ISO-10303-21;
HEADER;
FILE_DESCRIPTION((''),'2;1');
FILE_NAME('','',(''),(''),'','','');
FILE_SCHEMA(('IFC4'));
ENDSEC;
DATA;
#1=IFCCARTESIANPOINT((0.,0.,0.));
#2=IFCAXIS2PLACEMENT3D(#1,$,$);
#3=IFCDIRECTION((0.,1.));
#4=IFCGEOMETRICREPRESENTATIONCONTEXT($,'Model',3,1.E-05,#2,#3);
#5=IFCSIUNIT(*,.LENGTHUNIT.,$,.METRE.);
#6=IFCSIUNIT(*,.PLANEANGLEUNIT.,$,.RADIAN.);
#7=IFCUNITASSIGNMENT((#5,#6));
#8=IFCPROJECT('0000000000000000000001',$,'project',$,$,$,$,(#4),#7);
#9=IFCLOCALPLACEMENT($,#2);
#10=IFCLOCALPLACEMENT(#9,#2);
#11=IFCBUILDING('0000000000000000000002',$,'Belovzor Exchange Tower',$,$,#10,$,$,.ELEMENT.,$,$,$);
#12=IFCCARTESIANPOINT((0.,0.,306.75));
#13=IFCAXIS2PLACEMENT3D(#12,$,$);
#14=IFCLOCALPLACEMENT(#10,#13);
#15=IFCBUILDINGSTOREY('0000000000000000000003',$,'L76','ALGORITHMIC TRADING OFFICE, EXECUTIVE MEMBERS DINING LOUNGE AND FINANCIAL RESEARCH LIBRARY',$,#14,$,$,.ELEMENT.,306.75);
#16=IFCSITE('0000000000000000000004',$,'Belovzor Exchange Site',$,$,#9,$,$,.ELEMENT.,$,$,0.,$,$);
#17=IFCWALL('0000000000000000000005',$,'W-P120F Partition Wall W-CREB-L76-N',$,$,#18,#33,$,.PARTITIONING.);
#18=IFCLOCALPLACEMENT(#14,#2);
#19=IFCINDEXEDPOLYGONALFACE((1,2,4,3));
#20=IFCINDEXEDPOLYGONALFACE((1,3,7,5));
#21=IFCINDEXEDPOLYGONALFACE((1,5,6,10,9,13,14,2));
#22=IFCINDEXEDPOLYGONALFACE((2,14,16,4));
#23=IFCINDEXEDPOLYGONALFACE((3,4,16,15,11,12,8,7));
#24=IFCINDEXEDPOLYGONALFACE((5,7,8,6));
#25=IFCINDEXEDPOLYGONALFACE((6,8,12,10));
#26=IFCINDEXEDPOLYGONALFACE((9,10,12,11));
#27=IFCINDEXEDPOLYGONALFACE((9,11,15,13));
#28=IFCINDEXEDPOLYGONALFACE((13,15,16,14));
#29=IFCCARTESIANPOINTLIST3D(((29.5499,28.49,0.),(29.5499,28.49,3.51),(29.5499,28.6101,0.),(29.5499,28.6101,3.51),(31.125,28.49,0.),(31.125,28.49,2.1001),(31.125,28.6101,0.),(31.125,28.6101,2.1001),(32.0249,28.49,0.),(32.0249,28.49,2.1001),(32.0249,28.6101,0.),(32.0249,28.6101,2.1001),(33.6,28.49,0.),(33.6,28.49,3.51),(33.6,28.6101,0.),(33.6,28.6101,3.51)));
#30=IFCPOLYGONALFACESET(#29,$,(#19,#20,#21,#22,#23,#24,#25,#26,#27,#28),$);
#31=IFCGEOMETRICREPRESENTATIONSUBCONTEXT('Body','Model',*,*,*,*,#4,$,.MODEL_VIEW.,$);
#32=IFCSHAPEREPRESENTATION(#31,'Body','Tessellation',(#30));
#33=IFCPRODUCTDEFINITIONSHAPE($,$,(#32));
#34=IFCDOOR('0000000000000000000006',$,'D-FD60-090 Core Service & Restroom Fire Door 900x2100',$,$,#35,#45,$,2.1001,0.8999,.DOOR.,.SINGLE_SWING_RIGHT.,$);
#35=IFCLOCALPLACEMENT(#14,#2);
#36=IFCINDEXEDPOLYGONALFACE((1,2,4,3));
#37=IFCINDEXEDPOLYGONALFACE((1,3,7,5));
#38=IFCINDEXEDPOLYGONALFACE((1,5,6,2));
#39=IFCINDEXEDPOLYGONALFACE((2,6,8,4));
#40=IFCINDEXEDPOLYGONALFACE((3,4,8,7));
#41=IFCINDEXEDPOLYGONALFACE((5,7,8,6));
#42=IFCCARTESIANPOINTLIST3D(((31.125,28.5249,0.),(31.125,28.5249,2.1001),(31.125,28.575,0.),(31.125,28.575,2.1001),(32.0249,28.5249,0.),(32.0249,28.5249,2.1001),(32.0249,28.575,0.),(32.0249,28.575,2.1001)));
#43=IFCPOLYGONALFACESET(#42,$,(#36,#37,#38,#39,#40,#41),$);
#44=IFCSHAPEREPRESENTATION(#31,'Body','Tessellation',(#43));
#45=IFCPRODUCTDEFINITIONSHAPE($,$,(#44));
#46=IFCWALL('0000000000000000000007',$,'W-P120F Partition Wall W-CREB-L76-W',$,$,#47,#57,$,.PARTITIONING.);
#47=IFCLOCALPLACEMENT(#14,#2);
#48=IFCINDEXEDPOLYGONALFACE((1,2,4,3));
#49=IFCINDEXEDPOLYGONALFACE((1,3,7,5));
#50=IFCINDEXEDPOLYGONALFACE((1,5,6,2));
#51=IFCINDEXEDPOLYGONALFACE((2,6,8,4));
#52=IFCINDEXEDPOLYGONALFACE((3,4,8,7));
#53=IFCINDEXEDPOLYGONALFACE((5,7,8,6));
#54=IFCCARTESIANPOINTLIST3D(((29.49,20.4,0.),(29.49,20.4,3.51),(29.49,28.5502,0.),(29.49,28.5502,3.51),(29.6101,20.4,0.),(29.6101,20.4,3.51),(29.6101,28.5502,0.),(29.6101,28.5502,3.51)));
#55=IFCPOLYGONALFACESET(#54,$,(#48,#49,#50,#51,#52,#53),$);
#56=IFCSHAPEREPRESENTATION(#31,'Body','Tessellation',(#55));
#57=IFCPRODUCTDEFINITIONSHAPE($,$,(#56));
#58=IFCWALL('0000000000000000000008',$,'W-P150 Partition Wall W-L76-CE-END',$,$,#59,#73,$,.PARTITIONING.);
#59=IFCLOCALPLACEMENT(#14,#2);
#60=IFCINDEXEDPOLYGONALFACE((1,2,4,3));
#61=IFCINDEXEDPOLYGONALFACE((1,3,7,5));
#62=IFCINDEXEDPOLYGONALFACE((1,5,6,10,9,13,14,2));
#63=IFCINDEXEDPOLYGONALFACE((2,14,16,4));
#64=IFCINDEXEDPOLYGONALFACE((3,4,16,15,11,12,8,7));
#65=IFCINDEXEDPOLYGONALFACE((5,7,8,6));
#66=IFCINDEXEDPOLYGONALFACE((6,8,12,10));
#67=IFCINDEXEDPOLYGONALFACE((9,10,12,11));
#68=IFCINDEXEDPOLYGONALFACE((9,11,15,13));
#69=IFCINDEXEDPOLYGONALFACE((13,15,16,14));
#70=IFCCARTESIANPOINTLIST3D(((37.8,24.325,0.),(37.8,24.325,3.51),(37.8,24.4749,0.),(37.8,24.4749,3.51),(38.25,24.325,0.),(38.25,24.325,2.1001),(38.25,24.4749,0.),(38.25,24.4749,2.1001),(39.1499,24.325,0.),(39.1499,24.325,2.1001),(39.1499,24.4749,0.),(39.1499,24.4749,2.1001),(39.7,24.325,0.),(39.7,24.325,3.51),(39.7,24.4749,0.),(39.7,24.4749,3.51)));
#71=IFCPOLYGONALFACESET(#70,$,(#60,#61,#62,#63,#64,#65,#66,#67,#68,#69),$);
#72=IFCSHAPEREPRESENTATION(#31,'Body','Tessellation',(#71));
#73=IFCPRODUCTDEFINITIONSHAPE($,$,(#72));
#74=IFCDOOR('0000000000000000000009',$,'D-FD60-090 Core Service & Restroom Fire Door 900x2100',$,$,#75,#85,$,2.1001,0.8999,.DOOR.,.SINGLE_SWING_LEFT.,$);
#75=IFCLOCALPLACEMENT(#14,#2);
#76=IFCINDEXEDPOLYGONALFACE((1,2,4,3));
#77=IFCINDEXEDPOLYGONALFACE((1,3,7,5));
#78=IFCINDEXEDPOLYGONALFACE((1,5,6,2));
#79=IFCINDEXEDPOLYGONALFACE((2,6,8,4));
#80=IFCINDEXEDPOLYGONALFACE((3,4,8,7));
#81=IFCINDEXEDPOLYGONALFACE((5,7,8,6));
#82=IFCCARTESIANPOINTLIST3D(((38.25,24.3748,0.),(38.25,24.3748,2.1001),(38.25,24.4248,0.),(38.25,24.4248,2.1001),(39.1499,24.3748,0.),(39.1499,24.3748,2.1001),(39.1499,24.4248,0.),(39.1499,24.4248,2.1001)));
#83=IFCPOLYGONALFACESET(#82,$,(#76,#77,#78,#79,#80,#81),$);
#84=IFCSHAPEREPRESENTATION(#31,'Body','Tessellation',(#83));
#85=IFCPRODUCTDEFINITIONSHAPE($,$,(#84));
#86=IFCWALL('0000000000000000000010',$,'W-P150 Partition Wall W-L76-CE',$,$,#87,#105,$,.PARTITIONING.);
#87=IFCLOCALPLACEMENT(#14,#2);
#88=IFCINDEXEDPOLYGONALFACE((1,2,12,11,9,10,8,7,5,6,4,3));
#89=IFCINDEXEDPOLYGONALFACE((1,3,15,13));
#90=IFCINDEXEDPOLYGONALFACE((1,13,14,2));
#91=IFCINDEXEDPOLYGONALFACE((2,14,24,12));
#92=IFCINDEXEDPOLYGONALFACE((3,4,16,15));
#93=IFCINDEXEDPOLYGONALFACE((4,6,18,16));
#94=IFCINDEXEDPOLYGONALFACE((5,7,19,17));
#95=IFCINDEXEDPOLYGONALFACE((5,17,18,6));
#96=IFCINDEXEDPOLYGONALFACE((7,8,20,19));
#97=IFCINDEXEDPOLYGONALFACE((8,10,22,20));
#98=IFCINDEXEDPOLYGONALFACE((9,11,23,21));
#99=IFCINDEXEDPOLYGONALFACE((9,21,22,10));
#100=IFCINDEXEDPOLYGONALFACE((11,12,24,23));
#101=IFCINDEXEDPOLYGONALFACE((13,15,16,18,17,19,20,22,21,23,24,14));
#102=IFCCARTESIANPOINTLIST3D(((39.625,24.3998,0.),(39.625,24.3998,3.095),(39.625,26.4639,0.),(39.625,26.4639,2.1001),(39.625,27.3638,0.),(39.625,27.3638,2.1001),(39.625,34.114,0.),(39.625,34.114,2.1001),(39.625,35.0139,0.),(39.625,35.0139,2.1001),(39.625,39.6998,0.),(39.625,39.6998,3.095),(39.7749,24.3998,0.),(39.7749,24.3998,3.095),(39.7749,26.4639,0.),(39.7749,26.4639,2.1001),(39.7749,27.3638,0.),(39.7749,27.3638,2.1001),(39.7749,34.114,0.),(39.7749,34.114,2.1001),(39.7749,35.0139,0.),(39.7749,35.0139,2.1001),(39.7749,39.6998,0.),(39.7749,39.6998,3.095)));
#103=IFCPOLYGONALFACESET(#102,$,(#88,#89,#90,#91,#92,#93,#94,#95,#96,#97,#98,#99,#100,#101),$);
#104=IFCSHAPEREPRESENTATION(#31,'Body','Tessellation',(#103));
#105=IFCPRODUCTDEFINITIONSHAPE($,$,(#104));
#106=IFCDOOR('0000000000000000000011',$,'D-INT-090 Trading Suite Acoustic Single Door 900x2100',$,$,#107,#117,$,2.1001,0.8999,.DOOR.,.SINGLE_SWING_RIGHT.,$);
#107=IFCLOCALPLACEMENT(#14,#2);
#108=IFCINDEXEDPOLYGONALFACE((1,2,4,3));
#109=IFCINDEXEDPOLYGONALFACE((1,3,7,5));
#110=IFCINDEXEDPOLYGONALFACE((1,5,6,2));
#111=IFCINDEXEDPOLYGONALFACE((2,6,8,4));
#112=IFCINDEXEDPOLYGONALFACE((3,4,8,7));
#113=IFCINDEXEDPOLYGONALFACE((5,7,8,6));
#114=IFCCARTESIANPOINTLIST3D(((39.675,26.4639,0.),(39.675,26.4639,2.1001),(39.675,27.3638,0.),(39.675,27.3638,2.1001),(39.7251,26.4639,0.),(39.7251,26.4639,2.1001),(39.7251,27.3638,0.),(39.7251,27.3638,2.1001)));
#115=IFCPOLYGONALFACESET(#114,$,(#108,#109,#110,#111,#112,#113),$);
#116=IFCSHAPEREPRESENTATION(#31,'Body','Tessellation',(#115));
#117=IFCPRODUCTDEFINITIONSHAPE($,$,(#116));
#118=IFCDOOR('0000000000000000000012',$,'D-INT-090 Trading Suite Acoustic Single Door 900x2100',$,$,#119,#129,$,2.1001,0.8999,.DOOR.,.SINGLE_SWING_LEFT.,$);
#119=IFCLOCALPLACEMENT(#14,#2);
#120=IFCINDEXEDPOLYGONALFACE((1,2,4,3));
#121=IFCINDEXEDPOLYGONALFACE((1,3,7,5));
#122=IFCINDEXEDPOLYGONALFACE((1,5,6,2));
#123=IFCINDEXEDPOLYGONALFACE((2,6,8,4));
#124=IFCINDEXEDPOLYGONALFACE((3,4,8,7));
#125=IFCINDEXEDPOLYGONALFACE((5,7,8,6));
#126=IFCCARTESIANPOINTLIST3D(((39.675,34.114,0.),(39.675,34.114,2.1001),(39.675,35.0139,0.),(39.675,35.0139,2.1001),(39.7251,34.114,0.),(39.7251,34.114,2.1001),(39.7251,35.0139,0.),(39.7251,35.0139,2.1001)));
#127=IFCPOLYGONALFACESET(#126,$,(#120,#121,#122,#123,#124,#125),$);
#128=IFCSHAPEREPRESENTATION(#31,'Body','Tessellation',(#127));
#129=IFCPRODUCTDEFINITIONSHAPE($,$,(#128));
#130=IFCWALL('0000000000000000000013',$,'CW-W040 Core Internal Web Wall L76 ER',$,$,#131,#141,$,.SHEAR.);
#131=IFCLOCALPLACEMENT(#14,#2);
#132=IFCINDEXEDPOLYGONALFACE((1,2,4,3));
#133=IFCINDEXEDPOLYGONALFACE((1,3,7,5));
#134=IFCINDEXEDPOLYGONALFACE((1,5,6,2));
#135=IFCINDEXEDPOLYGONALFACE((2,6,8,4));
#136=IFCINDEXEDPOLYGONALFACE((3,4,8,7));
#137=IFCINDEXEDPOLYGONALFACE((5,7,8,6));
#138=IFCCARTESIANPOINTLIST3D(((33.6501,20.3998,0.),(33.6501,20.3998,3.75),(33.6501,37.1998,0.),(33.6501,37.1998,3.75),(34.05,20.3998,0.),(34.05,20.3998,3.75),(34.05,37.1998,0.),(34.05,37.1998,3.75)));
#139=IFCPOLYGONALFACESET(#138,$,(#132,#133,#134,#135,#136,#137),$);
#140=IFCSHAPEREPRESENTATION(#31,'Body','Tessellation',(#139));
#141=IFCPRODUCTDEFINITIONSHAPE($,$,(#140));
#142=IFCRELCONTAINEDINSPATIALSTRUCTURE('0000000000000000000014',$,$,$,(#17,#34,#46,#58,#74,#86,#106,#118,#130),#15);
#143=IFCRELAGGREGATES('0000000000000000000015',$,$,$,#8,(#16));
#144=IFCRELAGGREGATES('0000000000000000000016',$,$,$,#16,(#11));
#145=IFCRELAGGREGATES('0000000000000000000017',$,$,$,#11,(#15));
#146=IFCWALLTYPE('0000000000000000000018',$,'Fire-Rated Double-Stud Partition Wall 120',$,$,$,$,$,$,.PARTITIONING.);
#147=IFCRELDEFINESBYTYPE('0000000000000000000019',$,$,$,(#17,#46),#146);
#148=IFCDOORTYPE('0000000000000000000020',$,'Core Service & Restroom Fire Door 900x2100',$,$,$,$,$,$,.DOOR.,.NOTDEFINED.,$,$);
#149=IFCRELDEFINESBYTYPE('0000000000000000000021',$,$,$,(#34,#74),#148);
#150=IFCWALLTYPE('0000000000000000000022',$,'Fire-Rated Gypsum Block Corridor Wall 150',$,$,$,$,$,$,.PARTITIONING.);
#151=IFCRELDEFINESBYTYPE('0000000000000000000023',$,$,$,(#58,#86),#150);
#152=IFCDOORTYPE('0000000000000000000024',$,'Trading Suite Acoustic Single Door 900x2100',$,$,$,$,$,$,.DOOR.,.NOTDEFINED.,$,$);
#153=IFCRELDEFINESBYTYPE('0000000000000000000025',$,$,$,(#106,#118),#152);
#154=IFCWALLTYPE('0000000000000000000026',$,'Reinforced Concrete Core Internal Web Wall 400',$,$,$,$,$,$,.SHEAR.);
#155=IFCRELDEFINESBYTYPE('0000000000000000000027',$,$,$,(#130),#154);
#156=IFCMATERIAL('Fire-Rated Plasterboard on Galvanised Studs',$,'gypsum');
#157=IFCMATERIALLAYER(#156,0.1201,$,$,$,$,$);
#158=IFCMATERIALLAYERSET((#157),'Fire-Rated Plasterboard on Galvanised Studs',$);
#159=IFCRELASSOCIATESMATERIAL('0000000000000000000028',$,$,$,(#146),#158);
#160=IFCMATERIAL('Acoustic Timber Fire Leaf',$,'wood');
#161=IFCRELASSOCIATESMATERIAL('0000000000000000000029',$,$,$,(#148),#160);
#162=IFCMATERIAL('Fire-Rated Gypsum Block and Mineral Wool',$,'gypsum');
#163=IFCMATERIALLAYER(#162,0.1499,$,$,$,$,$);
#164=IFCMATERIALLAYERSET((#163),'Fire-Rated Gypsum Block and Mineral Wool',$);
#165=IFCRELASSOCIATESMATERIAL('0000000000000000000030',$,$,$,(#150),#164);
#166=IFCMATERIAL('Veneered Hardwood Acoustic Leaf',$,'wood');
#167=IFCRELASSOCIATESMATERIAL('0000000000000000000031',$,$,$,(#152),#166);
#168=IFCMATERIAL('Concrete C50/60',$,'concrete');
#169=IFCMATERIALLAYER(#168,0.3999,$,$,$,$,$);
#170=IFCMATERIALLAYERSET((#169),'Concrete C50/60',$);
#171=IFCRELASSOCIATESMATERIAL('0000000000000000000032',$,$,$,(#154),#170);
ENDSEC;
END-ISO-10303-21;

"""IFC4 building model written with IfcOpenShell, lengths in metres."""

from ifc_helpers import new_model, si_unit, direction, frame, frame_2d, origin, place, context, subcontext, project, spatial, rectangle, extrude, material, layer, layer_set, type_object, element, fill, save


model = new_model("IFC4")

# Units and contexts
model_context = context("Model", 3, precision=1e-05, world=origin(), true_north=direction((0.0, 1.0)))
body_context = subcontext(model_context, "Body", "Model", "MODEL_VIEW")
ifc_project = project(units=[si_unit("LENGTHUNIT", "METRE"), si_unit("PLANEANGLEUNIT", "RADIAN")], contexts=[model_context])

# Site, building, storey
site_placement = place(None, origin())
site = spatial("IfcSite", under=ifc_project, at=site_placement, Name="Belovzor Exchange Site", CompositionType="ELEMENT", RefElevation=0.0)
building_placement = place(site_placement, origin())
building = spatial("IfcBuilding", under=site, at=building_placement, Name="Belovzor Exchange Tower", CompositionType="ELEMENT")
storey_placement = place(building_placement, frame((0.0, 0.0, 306.75)))
storey = spatial("IfcBuildingStorey", under=building, at=storey_placement, Name="L76", Description="ALGORITHMIC TRADING OFFICE, EXECUTIVE MEMBERS DINING LOUNGE AND FINANCIAL RESEARCH LIBRARY", CompositionType="ELEMENT", Elevation=306.75)

# Shared definitions
ifc_material_1 = material(Name="Fire-Rated Plasterboard on Galvanised Studs", Category="gypsum")
ifc_layer_1 = layer(ifc_material_1, 0.1201)
ifc_layer_set_1 = layer_set([ifc_layer_1], Name="Fire-Rated Plasterboard on Galvanised Studs")
wall_type_1 = type_object("IfcWallType", Name="Fire-Rated Double-Stud Partition Wall 120", PredefinedType="PARTITIONING", material=ifc_layer_set_1)

# Wall, opening, door
wall_1_placement = place(storey_placement, frame((29.55, 28.55, 0.0), z_axis=(0.0, 0.0, 1.0), x_axis=(1.0, 0.0, 0.0)))
wall_1 = element("IfcWall", 1, at=wall_1_placement, inside=storey, type_object=wall_type_1, Name="W-P120F Partition Wall W-CREB-L76-N", PredefinedType="PARTITIONING", context=body_context, shape_type="SweptSolid", body=[
    extrude(rectangle(XDim=4.05, YDim=0.1201, at=frame_2d((2.0249, 0.0))), origin(), (0.0, 0.0, 1.0), 3.51),
])
opening_1_placement = place(wall_1_placement, frame((1.575, 0.0, 0.0)))
opening_1 = element("IfcOpeningElement", 2, at=opening_1_placement, cuts=wall_1, PredefinedType="OPENING", context=body_context, shape_type="SweptSolid", body=[
    extrude(rectangle(XDim=0.8999, YDim=2.1001, at=frame_2d((0.45, 1.05))), frame((0.0, 0.0701, 0.0), z_axis=(0.0, -1.0, 0.0), x_axis=(1.0, 0.0, 0.0)), (0.0, 0.0, 1.0), 0.1401),
])
ifc_material_2 = material(Name="Acoustic Timber Fire Leaf", Category="wood")
door_type_1 = type_object("IfcDoorType", Name="Core Service & Restroom Fire Door 900x2100", OperationType="NOTDEFINED", PredefinedType="DOOR", material=ifc_material_2)
door_1_placement = place(opening_1_placement, origin())
door_1 = element("IfcDoor", 3, at=door_1_placement, inside=storey, type_object=door_type_1, Name="D-FD60-090 Core Service & Restroom Fire Door 900x2100", OperationType="SINGLE_SWING_RIGHT", OverallHeight=2.1001, OverallWidth=0.8999, PredefinedType="DOOR", context=body_context, shape_type="SweptSolid", body=[
    extrude(rectangle(XDim=0.8999, YDim=2.1001, at=frame_2d((0.45, 1.05))), frame((0.0, 0.0249, 0.0), z_axis=(0.0, -1.0, 0.0), x_axis=(1.0, 0.0, 0.0)), (0.0, 0.0, 1.0), 0.05),
])
fill(opening_1, door_1)

# Wall
wall_2_placement = place(storey_placement, frame((29.55, 20.3999, 0.0), z_axis=(0.0, 0.0, 1.0), x_axis=(0.0, 1.0, 0.0)))
element("IfcWall", 4, at=wall_2_placement, inside=storey, type_object=wall_type_1, Name="W-P120F Partition Wall W-CREB-L76-W", PredefinedType="PARTITIONING", context=body_context, shape_type="SweptSolid", body=[
    extrude(rectangle(XDim=8.1501, YDim=0.1201, at=frame_2d((4.0752, 0.0))), origin(), (0.0, 0.0, 1.0), 3.51),
])

# Wall, opening, door
ifc_material_3 = material(Name="Fire-Rated Gypsum Block and Mineral Wool", Category="gypsum")
ifc_layer_2 = layer(ifc_material_3, 0.1499)
ifc_layer_set_2 = layer_set([ifc_layer_2], Name="Fire-Rated Gypsum Block and Mineral Wool")
wall_type_2 = type_object("IfcWallType", Name="Fire-Rated Gypsum Block Corridor Wall 150", PredefinedType="PARTITIONING", material=ifc_layer_set_2)
wall_3_placement = place(storey_placement, frame((37.8, 24.3999, 0.0), z_axis=(0.0, 0.0, 1.0), x_axis=(1.0, 0.0, 0.0)))
wall_3 = element("IfcWall", 5, at=wall_3_placement, inside=storey, type_object=wall_type_2, Name="W-P150 Partition Wall W-L76-CE-END", PredefinedType="PARTITIONING", context=body_context, shape_type="SweptSolid", body=[
    extrude(rectangle(XDim=1.8999, YDim=0.1499, at=frame_2d((0.95, 0.0))), origin(), (0.0, 0.0, 1.0), 3.51),
])
opening_2_placement = place(wall_3_placement, frame((0.45, 0.0, 0.0)))
opening_2 = element("IfcOpeningElement", 6, at=opening_2_placement, cuts=wall_3, PredefinedType="OPENING", context=body_context, shape_type="SweptSolid", body=[
    extrude(rectangle(XDim=0.8999, YDim=2.1001, at=frame_2d((0.45, 1.05))), frame((0.0, 0.085, 0.0), z_axis=(0.0, -1.0, 0.0), x_axis=(1.0, 0.0, 0.0)), (0.0, 0.0, 1.0), 0.1699),
])
door_2_placement = place(opening_2_placement, origin())
door_2 = element("IfcDoor", 7, at=door_2_placement, inside=storey, type_object=door_type_1, Name="D-FD60-090 Core Service & Restroom Fire Door 900x2100", OperationType="SINGLE_SWING_LEFT", OverallHeight=2.1001, OverallWidth=0.8999, PredefinedType="DOOR", context=body_context, shape_type="SweptSolid", body=[
    extrude(rectangle(XDim=0.8999, YDim=2.1001, at=frame_2d((0.45, 1.05))), frame((0.0, 0.0249, 0.0), z_axis=(0.0, -1.0, 0.0), x_axis=(1.0, 0.0, 0.0)), (0.0, 0.0, 1.0), 0.05),
])
fill(opening_2, door_2)

# Wall, openings, doors
wall_4_placement = place(storey_placement, frame((39.7, 24.3999, 0.0), z_axis=(0.0, 0.0, 1.0), x_axis=(0.0, 1.0, 0.0)))
wall_4 = element("IfcWall", 8, at=wall_4_placement, inside=storey, type_object=wall_type_2, Name="W-P150 Partition Wall W-L76-CE", PredefinedType="PARTITIONING", context=body_context, shape_type="SweptSolid", body=[
    extrude(rectangle(XDim=15.3, YDim=0.1499, at=frame_2d((7.6499, 0.0))), origin(), (0.0, 0.0, 1.0), 3.095),
])
opening_3_placement = place(wall_4_placement, frame((2.064, 0.0, 0.0)))
opening_3 = element("IfcOpeningElement", 9, at=opening_3_placement, cuts=wall_4, PredefinedType="OPENING", context=body_context, shape_type="SweptSolid", body=[
    extrude(rectangle(XDim=0.8999, YDim=2.1001, at=frame_2d((0.45, 1.05))), frame((0.0, 0.085, 0.0), z_axis=(0.0, -1.0, 0.0), x_axis=(1.0, 0.0, 0.0)), (0.0, 0.0, 1.0), 0.1699),
])
opening_4_placement = place(wall_4_placement, frame((9.7141, 0.0, 0.0)))
opening_4 = element("IfcOpeningElement", 10, at=opening_4_placement, cuts=wall_4, PredefinedType="OPENING", context=body_context, shape_type="SweptSolid", body=[
    extrude(rectangle(XDim=0.8999, YDim=2.1001, at=frame_2d((0.45, 1.05))), frame((0.0, 0.085, 0.0), z_axis=(0.0, -1.0, 0.0), x_axis=(1.0, 0.0, 0.0)), (0.0, 0.0, 1.0), 0.1699),
])
ifc_material_4 = material(Name="Veneered Hardwood Acoustic Leaf", Category="wood")
door_type_2 = type_object("IfcDoorType", Name="Trading Suite Acoustic Single Door 900x2100", OperationType="NOTDEFINED", PredefinedType="DOOR", material=ifc_material_4)
door_3_placement = place(opening_3_placement, origin())
door_3 = element("IfcDoor", 11, at=door_3_placement, inside=storey, type_object=door_type_2, Name="D-INT-090 Trading Suite Acoustic Single Door 900x2100", OperationType="SINGLE_SWING_RIGHT", OverallHeight=2.1001, OverallWidth=0.8999, PredefinedType="DOOR", context=body_context, shape_type="SweptSolid", body=[
    extrude(rectangle(XDim=0.8999, YDim=2.1001, at=frame_2d((0.45, 1.05))), frame((0.0, 0.0249, 0.0), z_axis=(0.0, -1.0, 0.0), x_axis=(1.0, 0.0, 0.0)), (0.0, 0.0, 1.0), 0.05),
])
fill(opening_3, door_3)
door_4_placement = place(opening_4_placement, origin())
door_4 = element("IfcDoor", 12, at=door_4_placement, inside=storey, type_object=door_type_2, Name="D-INT-090 Trading Suite Acoustic Single Door 900x2100", OperationType="SINGLE_SWING_LEFT", OverallHeight=2.1001, OverallWidth=0.8999, PredefinedType="DOOR", context=body_context, shape_type="SweptSolid", body=[
    extrude(rectangle(XDim=0.8999, YDim=2.1001, at=frame_2d((0.45, 1.05))), frame((0.0, 0.0249, 0.0), z_axis=(0.0, -1.0, 0.0), x_axis=(1.0, 0.0, 0.0)), (0.0, 0.0, 1.0), 0.05),
])
fill(opening_4, door_4)

# Wall
ifc_material_5 = material(Name="Concrete C50/60", Category="concrete")
ifc_layer_3 = layer(ifc_material_5, 0.3999)
ifc_layer_set_3 = layer_set([ifc_layer_3], Name="Concrete C50/60")
wall_type_3 = type_object("IfcWallType", Name="Reinforced Concrete Core Internal Web Wall 400", PredefinedType="SHEAR", material=ifc_layer_set_3)
wall_5_placement = place(storey_placement, frame((33.8501, 20.3999, 0.0), z_axis=(0.0, 0.0, 1.0), x_axis=(0.0, 1.0, 0.0)))
element("IfcWall", 13, at=wall_5_placement, inside=storey, type_object=wall_type_3, Name="CW-W040 Core Internal Web Wall L76 ER", PredefinedType="SHEAR", context=body_context, shape_type="SweptSolid", body=[
    extrude(rectangle(XDim=16.8, YDim=0.3999, at=frame_2d((8.3999, 0.0))), origin(), (0.0, 0.0, 1.0), 3.75),
])

save(model, "model.ifc")
